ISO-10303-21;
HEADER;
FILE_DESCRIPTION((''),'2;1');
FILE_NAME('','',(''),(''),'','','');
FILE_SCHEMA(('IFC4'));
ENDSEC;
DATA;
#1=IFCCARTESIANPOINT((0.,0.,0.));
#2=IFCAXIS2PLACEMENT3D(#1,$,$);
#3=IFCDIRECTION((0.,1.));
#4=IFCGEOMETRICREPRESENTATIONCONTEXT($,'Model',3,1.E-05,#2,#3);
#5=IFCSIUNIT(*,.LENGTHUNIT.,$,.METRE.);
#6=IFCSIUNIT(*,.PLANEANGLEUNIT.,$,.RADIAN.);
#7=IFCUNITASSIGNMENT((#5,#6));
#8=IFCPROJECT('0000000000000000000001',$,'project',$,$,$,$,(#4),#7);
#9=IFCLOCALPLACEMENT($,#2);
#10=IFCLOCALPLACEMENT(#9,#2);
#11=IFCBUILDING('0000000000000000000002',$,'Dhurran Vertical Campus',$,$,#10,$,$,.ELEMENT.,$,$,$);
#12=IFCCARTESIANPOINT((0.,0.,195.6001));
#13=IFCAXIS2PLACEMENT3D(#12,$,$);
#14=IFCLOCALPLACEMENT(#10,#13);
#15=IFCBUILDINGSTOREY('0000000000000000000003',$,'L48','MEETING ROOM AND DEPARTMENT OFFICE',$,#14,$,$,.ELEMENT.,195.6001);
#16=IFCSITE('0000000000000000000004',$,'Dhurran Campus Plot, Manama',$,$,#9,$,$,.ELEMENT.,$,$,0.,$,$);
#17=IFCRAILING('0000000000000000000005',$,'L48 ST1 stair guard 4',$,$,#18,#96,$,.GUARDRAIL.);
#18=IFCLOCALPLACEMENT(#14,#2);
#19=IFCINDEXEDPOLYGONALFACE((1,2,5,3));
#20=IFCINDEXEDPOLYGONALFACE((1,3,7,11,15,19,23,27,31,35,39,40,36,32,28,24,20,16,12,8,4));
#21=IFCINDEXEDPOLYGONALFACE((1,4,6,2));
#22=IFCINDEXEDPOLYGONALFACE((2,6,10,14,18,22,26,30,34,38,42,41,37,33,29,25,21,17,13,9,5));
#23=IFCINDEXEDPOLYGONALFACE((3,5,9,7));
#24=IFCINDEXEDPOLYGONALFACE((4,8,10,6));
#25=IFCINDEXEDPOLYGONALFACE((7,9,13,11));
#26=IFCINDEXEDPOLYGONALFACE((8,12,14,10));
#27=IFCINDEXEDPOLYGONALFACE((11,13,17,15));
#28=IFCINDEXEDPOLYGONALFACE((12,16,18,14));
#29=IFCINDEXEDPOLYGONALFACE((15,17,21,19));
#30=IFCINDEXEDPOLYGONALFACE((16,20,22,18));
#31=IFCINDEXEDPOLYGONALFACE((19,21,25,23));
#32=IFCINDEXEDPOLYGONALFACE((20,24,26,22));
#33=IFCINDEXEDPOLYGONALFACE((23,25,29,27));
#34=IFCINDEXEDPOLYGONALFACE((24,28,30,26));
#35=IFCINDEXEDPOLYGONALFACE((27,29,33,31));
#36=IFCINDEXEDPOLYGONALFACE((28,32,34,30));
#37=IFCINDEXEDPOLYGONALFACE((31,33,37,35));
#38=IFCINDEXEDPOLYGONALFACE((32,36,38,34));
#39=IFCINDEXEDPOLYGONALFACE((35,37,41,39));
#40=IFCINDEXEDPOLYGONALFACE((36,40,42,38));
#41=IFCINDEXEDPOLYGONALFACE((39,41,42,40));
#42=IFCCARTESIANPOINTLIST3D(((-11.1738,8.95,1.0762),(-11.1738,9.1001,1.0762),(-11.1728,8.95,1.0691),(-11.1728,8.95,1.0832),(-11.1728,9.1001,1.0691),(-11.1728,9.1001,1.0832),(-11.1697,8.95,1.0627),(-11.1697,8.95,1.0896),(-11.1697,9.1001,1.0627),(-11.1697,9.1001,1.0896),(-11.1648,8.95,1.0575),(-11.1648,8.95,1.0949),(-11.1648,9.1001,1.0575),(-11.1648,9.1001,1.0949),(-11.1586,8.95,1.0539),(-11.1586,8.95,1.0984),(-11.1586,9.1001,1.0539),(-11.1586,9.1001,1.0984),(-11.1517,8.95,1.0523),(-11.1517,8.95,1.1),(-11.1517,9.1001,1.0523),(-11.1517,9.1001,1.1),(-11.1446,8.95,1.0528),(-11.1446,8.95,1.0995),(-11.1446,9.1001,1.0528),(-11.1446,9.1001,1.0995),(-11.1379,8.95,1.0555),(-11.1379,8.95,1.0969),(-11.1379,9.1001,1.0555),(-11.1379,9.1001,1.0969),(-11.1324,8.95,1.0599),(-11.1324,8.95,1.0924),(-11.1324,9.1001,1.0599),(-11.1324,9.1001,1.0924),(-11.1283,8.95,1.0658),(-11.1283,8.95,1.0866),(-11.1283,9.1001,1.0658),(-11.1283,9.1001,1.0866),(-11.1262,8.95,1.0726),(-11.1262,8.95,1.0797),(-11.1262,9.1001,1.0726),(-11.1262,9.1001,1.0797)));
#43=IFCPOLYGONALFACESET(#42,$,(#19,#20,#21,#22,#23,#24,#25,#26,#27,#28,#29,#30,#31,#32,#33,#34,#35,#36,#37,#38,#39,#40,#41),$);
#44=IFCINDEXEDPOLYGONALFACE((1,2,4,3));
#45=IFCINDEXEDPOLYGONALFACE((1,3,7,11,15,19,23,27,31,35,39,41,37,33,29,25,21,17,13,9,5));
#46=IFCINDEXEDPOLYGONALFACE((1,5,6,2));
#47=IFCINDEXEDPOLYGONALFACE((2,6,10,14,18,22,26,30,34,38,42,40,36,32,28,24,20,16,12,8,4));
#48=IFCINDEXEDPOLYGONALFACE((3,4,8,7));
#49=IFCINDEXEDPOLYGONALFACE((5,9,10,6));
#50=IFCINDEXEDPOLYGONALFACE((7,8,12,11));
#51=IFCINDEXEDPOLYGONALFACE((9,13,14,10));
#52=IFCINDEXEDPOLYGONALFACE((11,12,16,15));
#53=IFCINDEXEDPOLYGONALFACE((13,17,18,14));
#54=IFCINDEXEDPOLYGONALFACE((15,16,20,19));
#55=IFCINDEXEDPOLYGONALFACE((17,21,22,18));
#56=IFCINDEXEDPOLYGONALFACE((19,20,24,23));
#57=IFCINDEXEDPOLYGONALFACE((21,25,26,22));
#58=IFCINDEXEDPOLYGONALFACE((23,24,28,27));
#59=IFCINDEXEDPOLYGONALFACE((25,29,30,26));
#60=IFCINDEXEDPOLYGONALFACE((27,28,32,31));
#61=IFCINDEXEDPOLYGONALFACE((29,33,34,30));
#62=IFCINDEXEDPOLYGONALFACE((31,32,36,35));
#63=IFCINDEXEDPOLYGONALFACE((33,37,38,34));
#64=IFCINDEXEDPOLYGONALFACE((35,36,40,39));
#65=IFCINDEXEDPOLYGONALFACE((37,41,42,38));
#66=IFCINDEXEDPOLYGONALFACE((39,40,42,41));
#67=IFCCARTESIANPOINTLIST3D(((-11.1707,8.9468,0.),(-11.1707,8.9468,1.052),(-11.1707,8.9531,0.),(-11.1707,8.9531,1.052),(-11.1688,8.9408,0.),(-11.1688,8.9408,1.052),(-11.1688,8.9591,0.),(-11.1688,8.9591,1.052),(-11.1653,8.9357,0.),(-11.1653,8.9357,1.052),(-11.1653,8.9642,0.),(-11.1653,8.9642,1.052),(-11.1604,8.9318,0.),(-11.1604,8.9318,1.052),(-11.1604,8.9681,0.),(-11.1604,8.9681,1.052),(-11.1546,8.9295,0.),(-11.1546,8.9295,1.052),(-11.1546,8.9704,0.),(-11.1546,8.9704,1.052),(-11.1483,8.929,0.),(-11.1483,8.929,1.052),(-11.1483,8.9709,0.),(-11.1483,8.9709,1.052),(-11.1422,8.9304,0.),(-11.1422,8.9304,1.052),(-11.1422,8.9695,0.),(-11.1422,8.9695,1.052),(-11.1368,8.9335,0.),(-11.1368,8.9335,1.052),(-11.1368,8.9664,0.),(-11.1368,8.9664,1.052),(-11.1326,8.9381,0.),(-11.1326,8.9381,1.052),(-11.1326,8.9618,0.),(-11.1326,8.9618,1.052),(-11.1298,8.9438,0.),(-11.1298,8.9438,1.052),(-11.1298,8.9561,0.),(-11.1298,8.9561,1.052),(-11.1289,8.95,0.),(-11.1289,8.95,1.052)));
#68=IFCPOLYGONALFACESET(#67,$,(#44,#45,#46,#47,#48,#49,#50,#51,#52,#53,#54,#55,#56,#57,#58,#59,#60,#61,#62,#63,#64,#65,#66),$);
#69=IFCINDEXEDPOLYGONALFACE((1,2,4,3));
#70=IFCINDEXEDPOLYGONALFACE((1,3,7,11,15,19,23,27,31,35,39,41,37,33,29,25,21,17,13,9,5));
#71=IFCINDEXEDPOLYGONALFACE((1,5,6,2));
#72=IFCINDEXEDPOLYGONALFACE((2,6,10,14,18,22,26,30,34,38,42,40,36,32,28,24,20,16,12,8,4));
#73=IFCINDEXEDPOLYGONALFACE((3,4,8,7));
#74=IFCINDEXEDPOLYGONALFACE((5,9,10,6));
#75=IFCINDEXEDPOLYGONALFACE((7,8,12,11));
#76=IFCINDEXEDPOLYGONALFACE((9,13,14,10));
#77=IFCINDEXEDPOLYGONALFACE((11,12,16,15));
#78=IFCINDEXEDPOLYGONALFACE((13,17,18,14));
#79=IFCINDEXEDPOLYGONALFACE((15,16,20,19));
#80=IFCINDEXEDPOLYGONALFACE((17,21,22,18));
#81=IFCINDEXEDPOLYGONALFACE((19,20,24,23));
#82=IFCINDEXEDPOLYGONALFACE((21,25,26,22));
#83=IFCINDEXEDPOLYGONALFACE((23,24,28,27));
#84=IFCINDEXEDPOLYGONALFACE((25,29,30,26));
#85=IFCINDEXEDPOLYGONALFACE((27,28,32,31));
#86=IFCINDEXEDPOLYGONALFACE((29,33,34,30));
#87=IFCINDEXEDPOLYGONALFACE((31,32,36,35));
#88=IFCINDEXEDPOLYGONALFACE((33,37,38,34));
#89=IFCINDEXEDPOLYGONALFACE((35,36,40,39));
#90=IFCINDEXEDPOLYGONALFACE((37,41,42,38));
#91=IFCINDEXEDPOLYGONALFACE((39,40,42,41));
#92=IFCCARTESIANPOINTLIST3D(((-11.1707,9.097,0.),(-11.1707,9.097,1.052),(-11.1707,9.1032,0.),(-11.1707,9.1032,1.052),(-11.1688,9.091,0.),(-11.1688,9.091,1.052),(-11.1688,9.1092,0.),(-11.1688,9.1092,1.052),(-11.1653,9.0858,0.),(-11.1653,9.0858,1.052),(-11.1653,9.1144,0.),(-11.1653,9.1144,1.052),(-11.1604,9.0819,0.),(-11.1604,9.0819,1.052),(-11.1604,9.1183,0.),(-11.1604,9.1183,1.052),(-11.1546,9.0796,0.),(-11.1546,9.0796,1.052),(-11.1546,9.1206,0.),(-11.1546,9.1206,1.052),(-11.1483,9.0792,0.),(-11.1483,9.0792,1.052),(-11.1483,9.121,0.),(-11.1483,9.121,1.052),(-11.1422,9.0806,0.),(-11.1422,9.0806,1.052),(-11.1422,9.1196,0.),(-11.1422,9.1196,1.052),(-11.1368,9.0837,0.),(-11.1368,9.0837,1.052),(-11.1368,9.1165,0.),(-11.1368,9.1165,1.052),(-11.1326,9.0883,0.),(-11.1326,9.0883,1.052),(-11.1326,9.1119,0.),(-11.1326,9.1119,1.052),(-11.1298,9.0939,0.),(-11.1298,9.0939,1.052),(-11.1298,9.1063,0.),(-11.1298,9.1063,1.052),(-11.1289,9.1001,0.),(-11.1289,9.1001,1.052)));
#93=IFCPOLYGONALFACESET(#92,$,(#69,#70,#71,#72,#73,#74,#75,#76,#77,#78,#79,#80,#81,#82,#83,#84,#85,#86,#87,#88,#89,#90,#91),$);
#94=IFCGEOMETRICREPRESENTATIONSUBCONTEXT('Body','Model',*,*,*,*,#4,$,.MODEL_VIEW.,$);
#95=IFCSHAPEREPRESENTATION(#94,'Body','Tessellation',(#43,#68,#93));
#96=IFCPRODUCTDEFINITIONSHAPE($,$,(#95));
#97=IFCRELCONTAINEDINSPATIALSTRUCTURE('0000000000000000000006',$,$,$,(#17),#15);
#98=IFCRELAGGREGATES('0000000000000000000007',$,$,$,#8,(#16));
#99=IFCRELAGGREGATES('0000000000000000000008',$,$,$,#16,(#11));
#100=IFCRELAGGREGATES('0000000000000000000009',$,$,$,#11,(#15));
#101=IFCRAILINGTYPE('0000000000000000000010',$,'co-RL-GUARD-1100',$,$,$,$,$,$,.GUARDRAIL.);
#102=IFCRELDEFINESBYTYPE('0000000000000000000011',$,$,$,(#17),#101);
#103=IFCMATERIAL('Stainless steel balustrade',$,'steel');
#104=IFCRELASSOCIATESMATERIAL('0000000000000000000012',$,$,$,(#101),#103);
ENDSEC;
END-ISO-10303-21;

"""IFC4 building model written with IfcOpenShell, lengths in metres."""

from ifc_helpers import new_model, si_unit, direction, frame, origin, origin_2d, place, context, subcontext, project, spatial, circle, extrude, material, type_object, element, save


model = new_model("IFC4")

# Units and contexts
model_context = context("Model", 3, precision=1e-05, world=origin(), true_north=direction((0.0, 1.0)))
body_context = subcontext(model_context, "Body", "Model", "MODEL_VIEW")
ifc_project = project(units=[si_unit("LENGTHUNIT", "METRE"), si_unit("PLANEANGLEUNIT", "RADIAN")], contexts=[model_context])

# Site, building, storey
site_placement = place(None, origin())
site = spatial("IfcSite", under=ifc_project, at=site_placement, Name="Dhurran Campus Plot, Manama", CompositionType="ELEMENT", RefElevation=0.0)
building_placement = place(site_placement, origin())
building = spatial("IfcBuilding", under=site, at=building_placement, Name="Dhurran Vertical Campus", CompositionType="ELEMENT")
storey_placement = place(building_placement, frame((0.0, 0.0, 195.6001)))
storey = spatial("IfcBuildingStorey", under=building, at=storey_placement, Name="L48", Description="MEETING ROOM AND DEPARTMENT OFFICE", CompositionType="ELEMENT", Elevation=195.6001)

# Railing
ifc_material_1 = material(Name="Stainless steel balustrade", Category="steel")
railing_type_1 = type_object("IfcRailingType", Name="co-RL-GUARD-1100", PredefinedType="GUARDRAIL", material=ifc_material_1)
railing_1_placement = place(storey_placement, frame((-11.1499, 8.95, 0.0)))
element("IfcRailing", 1, at=railing_1_placement, inside=storey, type_object=railing_type_1, Name="L48 ST1 stair guard 4", PredefinedType="GUARDRAIL", context=body_context, shape_type="SweptSolid", body=[
    extrude(circle(Radius=0.0239, at=origin_2d()), frame((0.0, 0.0, 1.0762), z_axis=(0.0, 1.0, 0.0), x_axis=(-1.0, 0.0, 0.0)), (0.0, 0.0, 1.0), 0.1501),
    extrude(circle(Radius=0.021, at=origin_2d()), origin(), (0.0, 0.0, 1.0), 1.052),
    extrude(circle(Radius=0.021, at=origin_2d()), frame((0.0, 0.1501, 0.0)), (0.0, 0.0, 1.0), 1.052),
])

save(model, "model.ifc")
